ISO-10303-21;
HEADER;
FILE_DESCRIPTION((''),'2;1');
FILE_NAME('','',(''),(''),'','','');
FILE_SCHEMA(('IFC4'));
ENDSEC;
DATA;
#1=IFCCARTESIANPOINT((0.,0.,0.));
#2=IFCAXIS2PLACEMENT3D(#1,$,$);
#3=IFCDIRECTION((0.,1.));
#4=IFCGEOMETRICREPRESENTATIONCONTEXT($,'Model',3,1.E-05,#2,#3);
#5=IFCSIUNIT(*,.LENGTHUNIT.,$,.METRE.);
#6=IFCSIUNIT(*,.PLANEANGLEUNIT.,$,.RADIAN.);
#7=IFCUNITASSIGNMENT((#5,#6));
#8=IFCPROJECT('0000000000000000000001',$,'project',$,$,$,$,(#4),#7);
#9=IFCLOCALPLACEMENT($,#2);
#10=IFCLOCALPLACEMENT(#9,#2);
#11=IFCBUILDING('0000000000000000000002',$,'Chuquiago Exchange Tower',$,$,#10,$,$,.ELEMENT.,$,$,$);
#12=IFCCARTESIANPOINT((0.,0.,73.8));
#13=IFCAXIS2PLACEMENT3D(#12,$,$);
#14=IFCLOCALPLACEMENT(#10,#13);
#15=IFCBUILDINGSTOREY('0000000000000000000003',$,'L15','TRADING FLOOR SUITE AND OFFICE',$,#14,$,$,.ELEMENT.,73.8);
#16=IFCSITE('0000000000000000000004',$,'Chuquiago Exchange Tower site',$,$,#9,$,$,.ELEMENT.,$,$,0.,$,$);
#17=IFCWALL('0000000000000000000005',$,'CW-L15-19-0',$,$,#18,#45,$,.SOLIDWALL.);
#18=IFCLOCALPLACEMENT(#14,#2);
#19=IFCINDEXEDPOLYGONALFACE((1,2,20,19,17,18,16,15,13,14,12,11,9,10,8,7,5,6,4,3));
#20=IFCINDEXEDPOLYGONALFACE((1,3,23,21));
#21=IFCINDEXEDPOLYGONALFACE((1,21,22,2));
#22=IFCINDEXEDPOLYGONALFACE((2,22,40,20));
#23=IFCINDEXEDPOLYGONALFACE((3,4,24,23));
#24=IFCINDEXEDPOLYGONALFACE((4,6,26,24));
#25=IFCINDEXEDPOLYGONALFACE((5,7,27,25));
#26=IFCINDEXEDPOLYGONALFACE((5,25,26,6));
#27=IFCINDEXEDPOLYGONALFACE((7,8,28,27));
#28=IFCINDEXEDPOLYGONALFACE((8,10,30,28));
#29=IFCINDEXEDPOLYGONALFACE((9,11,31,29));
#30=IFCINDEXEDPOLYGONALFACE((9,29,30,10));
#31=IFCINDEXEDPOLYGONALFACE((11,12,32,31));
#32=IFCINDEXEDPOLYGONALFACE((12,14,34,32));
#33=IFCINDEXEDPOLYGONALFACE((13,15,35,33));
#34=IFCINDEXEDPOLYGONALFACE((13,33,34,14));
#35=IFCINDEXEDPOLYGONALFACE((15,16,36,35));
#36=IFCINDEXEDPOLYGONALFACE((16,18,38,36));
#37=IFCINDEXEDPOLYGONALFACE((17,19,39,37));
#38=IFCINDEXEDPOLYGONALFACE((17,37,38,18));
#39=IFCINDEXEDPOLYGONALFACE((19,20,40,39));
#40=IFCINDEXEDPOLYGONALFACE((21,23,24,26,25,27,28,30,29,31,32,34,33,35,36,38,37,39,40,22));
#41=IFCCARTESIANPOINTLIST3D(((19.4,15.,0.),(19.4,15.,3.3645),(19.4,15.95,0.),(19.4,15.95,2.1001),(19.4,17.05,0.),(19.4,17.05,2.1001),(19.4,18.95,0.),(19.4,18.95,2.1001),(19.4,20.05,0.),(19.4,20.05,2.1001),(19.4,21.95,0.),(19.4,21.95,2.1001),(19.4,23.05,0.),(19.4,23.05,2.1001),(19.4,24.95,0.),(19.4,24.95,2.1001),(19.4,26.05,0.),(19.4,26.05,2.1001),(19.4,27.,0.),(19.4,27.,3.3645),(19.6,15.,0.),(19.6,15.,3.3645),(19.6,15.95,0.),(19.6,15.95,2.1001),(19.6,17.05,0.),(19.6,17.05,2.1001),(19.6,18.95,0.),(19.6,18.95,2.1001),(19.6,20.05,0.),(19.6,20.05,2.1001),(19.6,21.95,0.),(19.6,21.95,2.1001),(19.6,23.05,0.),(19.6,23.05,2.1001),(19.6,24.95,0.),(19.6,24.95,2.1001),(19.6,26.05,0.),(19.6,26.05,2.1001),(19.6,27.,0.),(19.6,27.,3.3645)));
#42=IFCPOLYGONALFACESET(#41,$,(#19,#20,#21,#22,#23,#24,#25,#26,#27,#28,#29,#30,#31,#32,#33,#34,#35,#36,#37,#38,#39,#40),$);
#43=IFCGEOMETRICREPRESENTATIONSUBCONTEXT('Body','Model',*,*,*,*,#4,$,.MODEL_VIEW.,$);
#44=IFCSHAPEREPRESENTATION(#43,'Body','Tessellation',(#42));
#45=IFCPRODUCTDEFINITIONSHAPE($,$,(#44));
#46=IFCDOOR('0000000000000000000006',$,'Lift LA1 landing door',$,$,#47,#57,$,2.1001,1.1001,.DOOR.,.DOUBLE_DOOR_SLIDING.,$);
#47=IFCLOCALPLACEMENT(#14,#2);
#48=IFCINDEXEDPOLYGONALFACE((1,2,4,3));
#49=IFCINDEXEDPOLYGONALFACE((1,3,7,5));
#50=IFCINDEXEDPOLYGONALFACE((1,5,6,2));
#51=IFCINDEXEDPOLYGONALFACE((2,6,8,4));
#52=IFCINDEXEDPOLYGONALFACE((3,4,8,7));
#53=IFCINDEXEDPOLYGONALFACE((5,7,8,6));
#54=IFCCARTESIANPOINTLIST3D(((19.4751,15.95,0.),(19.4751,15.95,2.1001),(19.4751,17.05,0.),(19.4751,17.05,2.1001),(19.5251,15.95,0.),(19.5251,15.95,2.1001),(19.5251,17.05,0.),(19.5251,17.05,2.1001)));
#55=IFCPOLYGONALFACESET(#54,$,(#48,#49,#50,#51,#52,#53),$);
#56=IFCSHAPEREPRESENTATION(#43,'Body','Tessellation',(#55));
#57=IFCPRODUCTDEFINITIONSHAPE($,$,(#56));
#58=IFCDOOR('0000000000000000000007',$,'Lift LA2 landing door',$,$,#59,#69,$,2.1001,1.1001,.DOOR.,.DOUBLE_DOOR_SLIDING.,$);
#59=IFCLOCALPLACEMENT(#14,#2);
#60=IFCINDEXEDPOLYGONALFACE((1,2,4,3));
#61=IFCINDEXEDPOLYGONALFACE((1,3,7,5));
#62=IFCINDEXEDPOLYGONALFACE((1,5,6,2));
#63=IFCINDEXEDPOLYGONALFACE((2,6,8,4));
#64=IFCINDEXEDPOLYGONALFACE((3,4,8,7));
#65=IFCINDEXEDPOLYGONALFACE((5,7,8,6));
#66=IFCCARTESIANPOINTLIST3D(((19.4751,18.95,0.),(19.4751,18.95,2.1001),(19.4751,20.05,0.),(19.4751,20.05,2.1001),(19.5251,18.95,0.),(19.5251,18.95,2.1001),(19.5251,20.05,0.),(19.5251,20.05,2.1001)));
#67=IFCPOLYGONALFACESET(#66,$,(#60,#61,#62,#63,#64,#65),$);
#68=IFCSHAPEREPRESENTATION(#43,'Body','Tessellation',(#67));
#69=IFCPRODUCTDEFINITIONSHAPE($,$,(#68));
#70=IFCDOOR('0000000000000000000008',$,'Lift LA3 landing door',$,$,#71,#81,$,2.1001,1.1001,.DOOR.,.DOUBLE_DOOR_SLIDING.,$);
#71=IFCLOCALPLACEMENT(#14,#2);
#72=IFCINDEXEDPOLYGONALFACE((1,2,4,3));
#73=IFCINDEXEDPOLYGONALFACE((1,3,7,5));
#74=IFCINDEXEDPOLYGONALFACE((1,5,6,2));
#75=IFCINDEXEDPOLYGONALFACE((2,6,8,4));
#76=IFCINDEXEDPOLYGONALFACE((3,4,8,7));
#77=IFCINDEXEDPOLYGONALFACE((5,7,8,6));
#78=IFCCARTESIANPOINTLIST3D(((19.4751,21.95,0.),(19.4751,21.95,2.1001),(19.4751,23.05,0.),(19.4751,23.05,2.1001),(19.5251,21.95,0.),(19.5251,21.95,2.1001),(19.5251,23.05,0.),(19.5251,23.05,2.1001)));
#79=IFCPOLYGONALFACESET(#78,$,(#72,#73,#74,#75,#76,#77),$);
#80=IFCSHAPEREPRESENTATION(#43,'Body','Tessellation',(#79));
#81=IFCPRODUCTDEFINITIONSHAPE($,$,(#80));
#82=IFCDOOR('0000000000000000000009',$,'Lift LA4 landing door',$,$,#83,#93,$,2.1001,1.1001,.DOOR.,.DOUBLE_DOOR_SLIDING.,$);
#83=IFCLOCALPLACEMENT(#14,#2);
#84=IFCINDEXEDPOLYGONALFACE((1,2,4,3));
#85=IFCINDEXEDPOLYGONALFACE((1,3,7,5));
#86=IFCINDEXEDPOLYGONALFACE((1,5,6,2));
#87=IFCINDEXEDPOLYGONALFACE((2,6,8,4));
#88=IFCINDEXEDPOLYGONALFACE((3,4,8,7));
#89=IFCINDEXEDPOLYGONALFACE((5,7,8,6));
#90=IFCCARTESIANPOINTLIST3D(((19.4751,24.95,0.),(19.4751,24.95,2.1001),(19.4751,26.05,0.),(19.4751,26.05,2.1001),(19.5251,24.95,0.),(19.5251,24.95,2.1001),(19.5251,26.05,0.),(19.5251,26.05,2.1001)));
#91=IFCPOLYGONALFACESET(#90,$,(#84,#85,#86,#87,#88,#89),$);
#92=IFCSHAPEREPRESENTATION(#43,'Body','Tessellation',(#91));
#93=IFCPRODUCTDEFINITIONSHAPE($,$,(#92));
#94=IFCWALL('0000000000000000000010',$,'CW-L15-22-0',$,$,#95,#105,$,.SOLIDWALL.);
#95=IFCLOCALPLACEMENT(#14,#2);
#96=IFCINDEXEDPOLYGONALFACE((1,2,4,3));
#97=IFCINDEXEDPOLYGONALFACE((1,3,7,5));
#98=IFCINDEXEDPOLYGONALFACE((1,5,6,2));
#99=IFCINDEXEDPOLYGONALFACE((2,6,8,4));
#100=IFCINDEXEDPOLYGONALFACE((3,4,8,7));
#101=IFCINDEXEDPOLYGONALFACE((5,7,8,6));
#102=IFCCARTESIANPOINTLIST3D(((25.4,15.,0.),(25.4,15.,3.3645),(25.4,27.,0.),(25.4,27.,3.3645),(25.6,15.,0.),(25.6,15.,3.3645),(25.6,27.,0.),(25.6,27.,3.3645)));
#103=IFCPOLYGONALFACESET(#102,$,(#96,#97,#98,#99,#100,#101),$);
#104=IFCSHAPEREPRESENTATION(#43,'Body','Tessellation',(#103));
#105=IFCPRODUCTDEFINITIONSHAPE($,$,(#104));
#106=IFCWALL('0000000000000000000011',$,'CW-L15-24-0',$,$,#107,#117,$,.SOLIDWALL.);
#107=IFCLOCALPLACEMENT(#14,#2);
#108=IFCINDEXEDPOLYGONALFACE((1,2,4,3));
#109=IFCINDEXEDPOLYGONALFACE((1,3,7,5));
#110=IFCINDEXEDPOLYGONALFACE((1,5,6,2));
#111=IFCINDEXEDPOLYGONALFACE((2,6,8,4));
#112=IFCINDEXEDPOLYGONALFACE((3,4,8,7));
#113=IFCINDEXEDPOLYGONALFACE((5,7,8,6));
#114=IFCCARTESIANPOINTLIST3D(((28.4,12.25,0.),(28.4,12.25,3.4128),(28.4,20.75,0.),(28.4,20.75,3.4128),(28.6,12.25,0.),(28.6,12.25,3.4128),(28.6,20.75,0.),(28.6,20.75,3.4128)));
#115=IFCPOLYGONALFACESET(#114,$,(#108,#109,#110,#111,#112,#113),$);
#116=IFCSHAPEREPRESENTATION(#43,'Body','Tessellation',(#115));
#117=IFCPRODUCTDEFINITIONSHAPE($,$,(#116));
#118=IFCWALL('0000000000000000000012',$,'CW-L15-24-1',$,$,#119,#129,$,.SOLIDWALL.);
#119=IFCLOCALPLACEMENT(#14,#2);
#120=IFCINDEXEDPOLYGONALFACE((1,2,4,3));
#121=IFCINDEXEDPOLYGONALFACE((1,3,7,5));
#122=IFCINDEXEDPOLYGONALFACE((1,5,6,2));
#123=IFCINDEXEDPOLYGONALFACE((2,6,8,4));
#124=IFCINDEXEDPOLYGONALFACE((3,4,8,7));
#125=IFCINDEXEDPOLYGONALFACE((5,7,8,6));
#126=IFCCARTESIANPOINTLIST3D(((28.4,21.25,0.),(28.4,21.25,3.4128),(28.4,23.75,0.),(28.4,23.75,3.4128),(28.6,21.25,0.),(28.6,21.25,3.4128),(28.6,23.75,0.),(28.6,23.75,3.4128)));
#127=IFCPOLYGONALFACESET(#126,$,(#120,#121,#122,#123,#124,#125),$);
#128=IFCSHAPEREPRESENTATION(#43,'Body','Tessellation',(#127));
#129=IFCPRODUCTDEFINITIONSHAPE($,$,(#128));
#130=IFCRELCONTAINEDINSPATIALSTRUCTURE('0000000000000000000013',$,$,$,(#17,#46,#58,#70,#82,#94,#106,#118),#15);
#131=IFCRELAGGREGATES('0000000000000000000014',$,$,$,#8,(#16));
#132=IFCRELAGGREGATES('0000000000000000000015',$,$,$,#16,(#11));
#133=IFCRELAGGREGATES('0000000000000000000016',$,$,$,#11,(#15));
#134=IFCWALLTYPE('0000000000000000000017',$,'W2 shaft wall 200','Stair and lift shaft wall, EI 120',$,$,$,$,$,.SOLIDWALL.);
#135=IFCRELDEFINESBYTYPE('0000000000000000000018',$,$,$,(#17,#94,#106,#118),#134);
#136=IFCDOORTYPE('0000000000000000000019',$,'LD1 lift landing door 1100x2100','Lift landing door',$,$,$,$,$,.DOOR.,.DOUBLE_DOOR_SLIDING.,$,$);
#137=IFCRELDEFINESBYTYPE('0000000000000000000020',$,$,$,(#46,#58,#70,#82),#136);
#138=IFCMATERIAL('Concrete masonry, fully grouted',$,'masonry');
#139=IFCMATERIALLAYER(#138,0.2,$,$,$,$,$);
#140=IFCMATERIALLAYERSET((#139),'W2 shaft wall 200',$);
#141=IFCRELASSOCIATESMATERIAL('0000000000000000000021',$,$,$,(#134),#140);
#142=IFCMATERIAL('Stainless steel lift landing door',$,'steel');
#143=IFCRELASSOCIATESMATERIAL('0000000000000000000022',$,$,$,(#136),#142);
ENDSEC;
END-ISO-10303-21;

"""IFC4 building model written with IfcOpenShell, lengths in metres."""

from ifc_helpers import new_model, si_unit, direction, frame, frame_2d, origin, place, context, subcontext, project, spatial, rectangle, extrude, material, layer, layer_set, type_object, element, fill, save


model = new_model("IFC4")

# Units and contexts
model_context = context("Model", 3, precision=1e-05, world=origin(), true_north=direction((0.0, 1.0)))
body_context = subcontext(model_context, "Body", "Model", "MODEL_VIEW")
ifc_project = project(units=[si_unit("LENGTHUNIT", "METRE"), si_unit("PLANEANGLEUNIT", "RADIAN")], contexts=[model_context])

# Site, building, storey
site_placement = place(None, origin())
site = spatial("IfcSite", under=ifc_project, at=site_placement, Name="Chuquiago Exchange Tower site", CompositionType="ELEMENT", RefElevation=0.0)
building_placement = place(site_placement, origin())
building = spatial("IfcBuilding", under=site, at=building_placement, Name="Chuquiago Exchange Tower", CompositionType="ELEMENT")
storey_placement = place(building_placement, frame((0.0, 0.0, 73.8)))
storey = spatial("IfcBuildingStorey", under=building, at=storey_placement, Name="L15", Description="TRADING FLOOR SUITE AND OFFICE", CompositionType="ELEMENT", Elevation=73.8)

# Shared definitions
ifc_material_1 = material(Name="Concrete masonry, fully grouted", Category="masonry")
ifc_layer_1 = layer(ifc_material_1, 0.2)
ifc_layer_set_1 = layer_set([ifc_layer_1], Name="W2 shaft wall 200")
wall_type_1 = type_object("IfcWallType", Name="W2 shaft wall 200", Description="Stair and lift shaft wall, EI 120", PredefinedType="SOLIDWALL", material=ifc_layer_set_1)

# Wall, openings, doors
wall_1_placement = place(storey_placement, frame((19.5, 15.0, 0.0), z_axis=(0.0, 0.0, 1.0), x_axis=(0.0, 1.0, 0.0)))
wall_1 = element("IfcWall", 1, at=wall_1_placement, inside=storey, type_object=wall_type_1, Name="CW-L15-19-0", PredefinedType="SOLIDWALL", context=body_context, shape_type="SweptSolid", body=[
    extrude(rectangle(XDim=12.0, YDim=0.2, at=frame_2d((6.0, 0.0))), origin(), (0.0, 0.0, 1.0), 3.3645),
])
opening_1_placement = place(wall_1_placement, frame((0.95, 0.0, 0.0)))
opening_1 = element("IfcOpeningElement", 2, at=opening_1_placement, cuts=wall_1, PredefinedType="OPENING", context=body_context, shape_type="SweptSolid", body=[
    extrude(rectangle(XDim=1.1001, YDim=2.1001, at=frame_2d((0.55, 1.05))), frame((0.0, 0.1099, 0.0), z_axis=(0.0, -1.0, 0.0), x_axis=(1.0, 0.0, 0.0)), (0.0, 0.0, 1.0), 0.22),
])
opening_2_placement = place(wall_1_placement, frame((3.95, 0.0, 0.0)))
opening_2 = element("IfcOpeningElement", 3, at=opening_2_placement, cuts=wall_1, PredefinedType="OPENING", context=body_context, shape_type="SweptSolid", body=[
    extrude(rectangle(XDim=1.1001, YDim=2.1001, at=frame_2d((0.55, 1.05))), frame((0.0, 0.1099, 0.0), z_axis=(0.0, -1.0, 0.0), x_axis=(1.0, 0.0, 0.0)), (0.0, 0.0, 1.0), 0.22),
])
opening_3_placement = place(wall_1_placement, frame((6.95, 0.0, 0.0)))
opening_3 = element("IfcOpeningElement", 4, at=opening_3_placement, cuts=wall_1, PredefinedType="OPENING", context=body_context, shape_type="SweptSolid", body=[
    extrude(rectangle(XDim=1.1001, YDim=2.1001, at=frame_2d((0.55, 1.05))), frame((0.0, 0.1099, 0.0), z_axis=(0.0, -1.0, 0.0), x_axis=(1.0, 0.0, 0.0)), (0.0, 0.0, 1.0), 0.22),
])
opening_4_placement = place(wall_1_placement, frame((9.95, 0.0, 0.0)))
opening_4 = element("IfcOpeningElement", 5, at=opening_4_placement, cuts=wall_1, PredefinedType="OPENING", context=body_context, shape_type="SweptSolid", body=[
    extrude(rectangle(XDim=1.1001, YDim=2.1001, at=frame_2d((0.55, 1.05))), frame((0.0, 0.1099, 0.0), z_axis=(0.0, -1.0, 0.0), x_axis=(1.0, 0.0, 0.0)), (0.0, 0.0, 1.0), 0.22),
])
ifc_material_2 = material(Name="Stainless steel lift landing door", Category="steel")
door_type_1 = type_object("IfcDoorType", Name="LD1 lift landing door 1100x2100", Description="Lift landing door", OperationType="DOUBLE_DOOR_SLIDING", PredefinedType="DOOR", material=ifc_material_2)
door_1_placement = place(opening_1_placement, origin())
door_1 = element("IfcDoor", 6, at=door_1_placement, inside=storey, type_object=door_type_1, Name="Lift LA1 landing door", OperationType="DOUBLE_DOOR_SLIDING", OverallHeight=2.1001, OverallWidth=1.1001, PredefinedType="DOOR", context=body_context, shape_type="SweptSolid", body=[
    extrude(rectangle(XDim=1.1001, YDim=2.1001, at=frame_2d((0.55, 1.05))), frame((0.0, 0.0249, 0.0), z_axis=(0.0, -1.0, 0.0), x_axis=(1.0, 0.0, 0.0)), (0.0, 0.0, 1.0), 0.05),
])
fill(opening_1, door_1)
door_2_placement = place(opening_2_placement, origin())
door_2 = element("IfcDoor", 7, at=door_2_placement, inside=storey, type_object=door_type_1, Name="Lift LA2 landing door", OperationType="DOUBLE_DOOR_SLIDING", OverallHeight=2.1001, OverallWidth=1.1001, PredefinedType="DOOR", context=body_context, shape_type="SweptSolid", body=[
    extrude(rectangle(XDim=1.1001, YDim=2.1001, at=frame_2d((0.55, 1.05))), frame((0.0, 0.0249, 0.0), z_axis=(0.0, -1.0, 0.0), x_axis=(1.0, 0.0, 0.0)), (0.0, 0.0, 1.0), 0.05),
])
fill(opening_2, door_2)
door_3_placement = place(opening_3_placement, origin())
door_3 = element("IfcDoor", 8, at=door_3_placement, inside=storey, type_object=door_type_1, Name="Lift LA3 landing door", OperationType="DOUBLE_DOOR_SLIDING", OverallHeight=2.1001, OverallWidth=1.1001, PredefinedType="DOOR", context=body_context, shape_type="SweptSolid", body=[
    extrude(rectangle(XDim=1.1001, YDim=2.1001, at=frame_2d((0.55, 1.05))), frame((0.0, 0.0249, 0.0), z_axis=(0.0, -1.0, 0.0), x_axis=(1.0, 0.0, 0.0)), (0.0, 0.0, 1.0), 0.05),
])
fill(opening_3, door_3)
door_4_placement = place(opening_4_placement, origin())
door_4 = element("IfcDoor", 9, at=door_4_placement, inside=storey, type_object=door_type_1, Name="Lift LA4 landing door", OperationType="DOUBLE_DOOR_SLIDING", OverallHeight=2.1001, OverallWidth=1.1001, PredefinedType="DOOR", context=body_context, shape_type="SweptSolid", body=[
    extrude(rectangle(XDim=1.1001, YDim=2.1001, at=frame_2d((0.55, 1.05))), frame((0.0, 0.0249, 0.0), z_axis=(0.0, -1.0, 0.0), x_axis=(1.0, 0.0, 0.0)), (0.0, 0.0, 1.0), 0.05),
])
fill(opening_4, door_4)

# Walls
wall_2_placement = place(storey_placement, frame((25.5, 15.0, 0.0), z_axis=(0.0, 0.0, 1.0), x_axis=(0.0, 1.0, 0.0)))
element("IfcWall", 10, at=wall_2_placement, inside=storey, type_object=wall_type_1, Name="CW-L15-22-0", PredefinedType="SOLIDWALL", context=body_context, shape_type="SweptSolid", body=[
    extrude(rectangle(XDim=12.0, YDim=0.2, at=frame_2d((6.0, 0.0))), origin(), (0.0, 0.0, 1.0), 3.3645),
])
wall_3_placement = place(storey_placement, frame((28.5, 12.25, 0.0), z_axis=(0.0, 0.0, 1.0), x_axis=(0.0, 1.0, 0.0)))
element("IfcWall", 11, at=wall_3_placement, inside=storey, type_object=wall_type_1, Name="CW-L15-24-0", PredefinedType="SOLIDWALL", context=body_context, shape_type="SweptSolid", body=[
    extrude(rectangle(XDim=8.5, YDim=0.2, at=frame_2d((4.25, 0.0))), origin(), (0.0, 0.0, 1.0), 3.4128),
])
wall_4_placement = place(storey_placement, frame((28.5, 21.25, 0.0), z_axis=(0.0, 0.0, 1.0), x_axis=(0.0, 1.0, 0.0)))
element("IfcWall", 12, at=wall_4_placement, inside=storey, type_object=wall_type_1, Name="CW-L15-24-1", PredefinedType="SOLIDWALL", context=body_context, shape_type="SweptSolid", body=[
    extrude(rectangle(XDim=2.5, YDim=0.2, at=frame_2d((1.25, 0.0))), origin(), (0.0, 0.0, 1.0), 3.4128),
])

save(model, "model.ifc")
